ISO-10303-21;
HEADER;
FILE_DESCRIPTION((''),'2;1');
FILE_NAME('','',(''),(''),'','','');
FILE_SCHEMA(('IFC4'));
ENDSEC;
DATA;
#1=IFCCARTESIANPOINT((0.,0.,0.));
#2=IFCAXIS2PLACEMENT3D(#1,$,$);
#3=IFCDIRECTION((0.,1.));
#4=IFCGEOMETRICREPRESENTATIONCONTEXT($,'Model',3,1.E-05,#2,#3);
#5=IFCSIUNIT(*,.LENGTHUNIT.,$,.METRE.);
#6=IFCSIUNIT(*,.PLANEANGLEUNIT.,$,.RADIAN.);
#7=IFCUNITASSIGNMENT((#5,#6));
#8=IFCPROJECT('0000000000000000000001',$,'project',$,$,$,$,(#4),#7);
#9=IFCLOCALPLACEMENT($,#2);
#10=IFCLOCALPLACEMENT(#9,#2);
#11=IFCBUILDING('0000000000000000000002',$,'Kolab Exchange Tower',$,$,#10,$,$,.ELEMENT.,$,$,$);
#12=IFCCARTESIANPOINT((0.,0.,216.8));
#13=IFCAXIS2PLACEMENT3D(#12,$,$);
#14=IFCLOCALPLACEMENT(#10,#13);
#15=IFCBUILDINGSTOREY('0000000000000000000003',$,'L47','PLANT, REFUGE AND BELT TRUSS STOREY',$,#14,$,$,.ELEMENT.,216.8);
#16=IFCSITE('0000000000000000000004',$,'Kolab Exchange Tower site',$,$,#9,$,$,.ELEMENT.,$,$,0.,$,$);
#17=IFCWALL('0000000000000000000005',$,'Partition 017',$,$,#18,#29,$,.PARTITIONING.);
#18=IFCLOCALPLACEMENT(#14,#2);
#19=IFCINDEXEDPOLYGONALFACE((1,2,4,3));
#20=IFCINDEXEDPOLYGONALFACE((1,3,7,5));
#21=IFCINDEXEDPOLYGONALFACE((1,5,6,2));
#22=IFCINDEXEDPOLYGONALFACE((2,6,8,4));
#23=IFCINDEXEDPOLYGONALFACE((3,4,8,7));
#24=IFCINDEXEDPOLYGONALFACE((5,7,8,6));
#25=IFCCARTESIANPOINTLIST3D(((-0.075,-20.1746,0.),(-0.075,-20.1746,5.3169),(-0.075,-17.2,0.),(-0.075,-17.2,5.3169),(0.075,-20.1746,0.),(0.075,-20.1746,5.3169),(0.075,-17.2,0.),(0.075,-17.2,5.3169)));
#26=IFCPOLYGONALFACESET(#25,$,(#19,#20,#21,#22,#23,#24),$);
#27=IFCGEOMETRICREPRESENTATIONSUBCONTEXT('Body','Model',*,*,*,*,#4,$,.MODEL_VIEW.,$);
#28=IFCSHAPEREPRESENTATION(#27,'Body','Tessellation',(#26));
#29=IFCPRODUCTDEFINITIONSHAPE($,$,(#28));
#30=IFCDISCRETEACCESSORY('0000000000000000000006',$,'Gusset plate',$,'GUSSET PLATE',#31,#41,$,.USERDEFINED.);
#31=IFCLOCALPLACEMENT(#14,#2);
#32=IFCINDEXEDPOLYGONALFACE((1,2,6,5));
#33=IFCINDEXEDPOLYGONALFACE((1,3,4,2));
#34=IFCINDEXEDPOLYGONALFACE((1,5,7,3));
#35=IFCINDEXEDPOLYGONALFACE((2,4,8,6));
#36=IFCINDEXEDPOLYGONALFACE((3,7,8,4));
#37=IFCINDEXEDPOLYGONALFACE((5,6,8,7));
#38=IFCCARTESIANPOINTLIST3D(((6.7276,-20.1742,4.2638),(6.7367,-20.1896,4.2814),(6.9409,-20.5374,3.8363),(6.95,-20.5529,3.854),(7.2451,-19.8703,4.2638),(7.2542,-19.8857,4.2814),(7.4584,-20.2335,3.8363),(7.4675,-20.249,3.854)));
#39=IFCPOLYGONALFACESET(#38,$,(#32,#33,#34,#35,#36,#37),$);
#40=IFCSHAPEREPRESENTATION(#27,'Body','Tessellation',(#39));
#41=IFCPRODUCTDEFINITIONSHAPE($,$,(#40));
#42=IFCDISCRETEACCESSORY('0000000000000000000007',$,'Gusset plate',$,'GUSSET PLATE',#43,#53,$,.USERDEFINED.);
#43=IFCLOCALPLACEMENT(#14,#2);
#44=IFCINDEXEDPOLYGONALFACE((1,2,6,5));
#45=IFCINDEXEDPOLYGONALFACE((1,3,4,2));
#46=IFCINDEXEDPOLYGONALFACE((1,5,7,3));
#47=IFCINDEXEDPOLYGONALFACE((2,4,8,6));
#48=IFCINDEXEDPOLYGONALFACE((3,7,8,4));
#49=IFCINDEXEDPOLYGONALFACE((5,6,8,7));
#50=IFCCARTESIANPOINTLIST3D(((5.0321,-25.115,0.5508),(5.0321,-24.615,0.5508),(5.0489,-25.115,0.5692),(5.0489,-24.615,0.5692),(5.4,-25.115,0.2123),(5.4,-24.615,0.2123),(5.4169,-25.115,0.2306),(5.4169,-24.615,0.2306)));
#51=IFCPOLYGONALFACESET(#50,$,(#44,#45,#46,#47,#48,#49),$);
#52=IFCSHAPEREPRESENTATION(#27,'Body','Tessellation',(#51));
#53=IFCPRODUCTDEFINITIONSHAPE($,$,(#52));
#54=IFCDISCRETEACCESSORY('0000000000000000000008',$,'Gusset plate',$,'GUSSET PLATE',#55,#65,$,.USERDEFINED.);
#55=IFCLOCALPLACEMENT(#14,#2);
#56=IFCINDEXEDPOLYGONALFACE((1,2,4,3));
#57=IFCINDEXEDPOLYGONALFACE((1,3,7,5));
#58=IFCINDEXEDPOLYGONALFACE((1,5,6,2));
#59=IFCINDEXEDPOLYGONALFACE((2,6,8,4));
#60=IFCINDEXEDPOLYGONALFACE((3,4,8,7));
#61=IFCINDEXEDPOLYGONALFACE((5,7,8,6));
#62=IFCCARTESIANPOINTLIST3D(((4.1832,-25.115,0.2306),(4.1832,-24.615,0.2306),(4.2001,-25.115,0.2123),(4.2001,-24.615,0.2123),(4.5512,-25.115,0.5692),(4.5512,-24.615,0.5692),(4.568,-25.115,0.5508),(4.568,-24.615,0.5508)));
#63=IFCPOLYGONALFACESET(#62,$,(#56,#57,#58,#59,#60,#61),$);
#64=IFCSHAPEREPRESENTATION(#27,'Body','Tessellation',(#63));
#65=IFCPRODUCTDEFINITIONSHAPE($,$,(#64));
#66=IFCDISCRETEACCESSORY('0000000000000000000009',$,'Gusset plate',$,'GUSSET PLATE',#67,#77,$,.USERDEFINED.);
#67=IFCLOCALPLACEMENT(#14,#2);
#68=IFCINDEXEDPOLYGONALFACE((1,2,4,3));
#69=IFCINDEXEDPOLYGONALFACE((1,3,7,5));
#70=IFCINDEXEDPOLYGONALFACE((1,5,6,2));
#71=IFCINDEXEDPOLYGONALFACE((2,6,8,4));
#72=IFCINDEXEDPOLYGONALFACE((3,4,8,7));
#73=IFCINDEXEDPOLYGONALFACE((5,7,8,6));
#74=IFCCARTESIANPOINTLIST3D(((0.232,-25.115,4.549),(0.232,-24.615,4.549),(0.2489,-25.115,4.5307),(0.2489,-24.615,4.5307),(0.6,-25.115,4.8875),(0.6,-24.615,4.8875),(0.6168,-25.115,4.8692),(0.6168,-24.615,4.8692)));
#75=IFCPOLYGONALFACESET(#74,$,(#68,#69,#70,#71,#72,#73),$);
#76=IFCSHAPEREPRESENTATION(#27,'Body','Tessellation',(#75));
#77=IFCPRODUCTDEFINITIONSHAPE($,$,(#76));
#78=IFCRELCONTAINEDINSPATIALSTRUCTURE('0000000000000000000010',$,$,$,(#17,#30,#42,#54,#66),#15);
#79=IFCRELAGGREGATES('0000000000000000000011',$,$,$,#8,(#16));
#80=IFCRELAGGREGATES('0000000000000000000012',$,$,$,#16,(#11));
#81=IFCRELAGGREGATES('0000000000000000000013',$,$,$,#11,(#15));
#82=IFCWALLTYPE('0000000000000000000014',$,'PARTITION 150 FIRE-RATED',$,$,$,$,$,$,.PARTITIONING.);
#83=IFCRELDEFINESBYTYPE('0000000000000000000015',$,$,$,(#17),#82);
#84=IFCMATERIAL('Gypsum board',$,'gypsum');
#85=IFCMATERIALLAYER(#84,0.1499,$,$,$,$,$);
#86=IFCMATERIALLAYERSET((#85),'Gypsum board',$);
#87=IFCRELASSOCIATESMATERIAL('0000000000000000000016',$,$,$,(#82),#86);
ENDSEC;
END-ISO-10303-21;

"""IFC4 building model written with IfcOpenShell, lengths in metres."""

from ifc_helpers import new_model, si_unit, direction, frame, frame_2d, origin, origin_2d, place, context, subcontext, project, spatial, rectangle, extrude, material, layer, layer_set, type_object, element, save


model = new_model("IFC4")

# Units and contexts
model_context = context("Model", 3, precision=1e-05, world=origin(), true_north=direction((0.0, 1.0)))
body_context = subcontext(model_context, "Body", "Model", "MODEL_VIEW")
ifc_project = project(units=[si_unit("LENGTHUNIT", "METRE"), si_unit("PLANEANGLEUNIT", "RADIAN")], contexts=[model_context])

# Site, building, storey
site_placement = place(None, origin())
site = spatial("IfcSite", under=ifc_project, at=site_placement, Name="Kolab Exchange Tower site", CompositionType="ELEMENT", RefElevation=0.0)
building_placement = place(site_placement, origin())
building = spatial("IfcBuilding", under=site, at=building_placement, Name="Kolab Exchange Tower", CompositionType="ELEMENT")
storey_placement = place(building_placement, frame((0.0, 0.0, 216.8)))
storey = spatial("IfcBuildingStorey", under=building, at=storey_placement, Name="L47", Description="PLANT, REFUGE AND BELT TRUSS STOREY", CompositionType="ELEMENT", Elevation=216.8)

# Shared definitions
ifc_material_1 = material(Name="Gypsum board", Category="gypsum")
ifc_layer_1 = layer(ifc_material_1, 0.1499)
ifc_layer_set_1 = layer_set([ifc_layer_1], Name="Gypsum board")
wall_type = type_object("IfcWallType", Name="PARTITION 150 FIRE-RATED", PredefinedType="PARTITIONING", material=ifc_layer_set_1)

# Wall
wall_1_placement = place(storey_placement, frame((0.0, -20.1746, 0.0), z_axis=(0.0, 0.0, 1.0), x_axis=(0.0, 1.0, 0.0)))
element("IfcWall", 1, at=wall_1_placement, inside=storey, type_object=wall_type, Name="Partition 017", PredefinedType="PARTITIONING", context=body_context, shape_type="SweptSolid", body=[
    extrude(rectangle(XDim=2.9746, YDim=0.1499, at=frame_2d((1.4873, 0.0))), origin(), (0.0, 0.0, 1.0), 5.3169),
])

# Discrete accessories
discrete_accessory_placement = place(storey_placement, frame((7.093, -20.2039, 4.05), z_axis=(0.360705, -0.614174, 0.701913), x_axis=(0.862286, 0.506422, 0.0)))
element("IfcDiscreteAccessory", 2, at=discrete_accessory_placement, inside=storey, Name="Gusset plate", ObjectType="GUSSET PLATE", PredefinedType="USERDEFINED", context=body_context, shape_type="SweptSolid", body=[
    extrude(rectangle(XDim=0.6001, YDim=0.6001, at=origin_2d()), origin(), (0.0, 0.0, 1.0), 0.0251),
])
for number, where, z_axis, x_axis, name in (
    (3, (5.2329, -24.865, 0.3999), (-0.677057, 0.0, -0.735931), (0.0, -1.0, 0.0), "Gusset plate"),
    (4, (4.3672, -24.865, 0.3999), (0.677057, 0.0, -0.735931), (0.0, 1.0, 0.0), "Gusset plate"),
    (5, (0.4329, -24.865, 4.7), (-0.677057, 0.0, 0.735931), (0.0, -1.0, 0.0), "Gusset plate"),
):
    element("IfcDiscreteAccessory", number, at=place(storey_placement, frame(where, z_axis=z_axis, x_axis=x_axis)), inside=storey, Name=name, ObjectType="GUSSET PLATE", PredefinedType="USERDEFINED", context=body_context, shape_type="SweptSolid", body=[
        extrude(rectangle(XDim=0.5, YDim=0.5, at=origin_2d()), origin(), (0.0, 0.0, 1.0), 0.0249),
    ])

save(model, "model.ifc")
